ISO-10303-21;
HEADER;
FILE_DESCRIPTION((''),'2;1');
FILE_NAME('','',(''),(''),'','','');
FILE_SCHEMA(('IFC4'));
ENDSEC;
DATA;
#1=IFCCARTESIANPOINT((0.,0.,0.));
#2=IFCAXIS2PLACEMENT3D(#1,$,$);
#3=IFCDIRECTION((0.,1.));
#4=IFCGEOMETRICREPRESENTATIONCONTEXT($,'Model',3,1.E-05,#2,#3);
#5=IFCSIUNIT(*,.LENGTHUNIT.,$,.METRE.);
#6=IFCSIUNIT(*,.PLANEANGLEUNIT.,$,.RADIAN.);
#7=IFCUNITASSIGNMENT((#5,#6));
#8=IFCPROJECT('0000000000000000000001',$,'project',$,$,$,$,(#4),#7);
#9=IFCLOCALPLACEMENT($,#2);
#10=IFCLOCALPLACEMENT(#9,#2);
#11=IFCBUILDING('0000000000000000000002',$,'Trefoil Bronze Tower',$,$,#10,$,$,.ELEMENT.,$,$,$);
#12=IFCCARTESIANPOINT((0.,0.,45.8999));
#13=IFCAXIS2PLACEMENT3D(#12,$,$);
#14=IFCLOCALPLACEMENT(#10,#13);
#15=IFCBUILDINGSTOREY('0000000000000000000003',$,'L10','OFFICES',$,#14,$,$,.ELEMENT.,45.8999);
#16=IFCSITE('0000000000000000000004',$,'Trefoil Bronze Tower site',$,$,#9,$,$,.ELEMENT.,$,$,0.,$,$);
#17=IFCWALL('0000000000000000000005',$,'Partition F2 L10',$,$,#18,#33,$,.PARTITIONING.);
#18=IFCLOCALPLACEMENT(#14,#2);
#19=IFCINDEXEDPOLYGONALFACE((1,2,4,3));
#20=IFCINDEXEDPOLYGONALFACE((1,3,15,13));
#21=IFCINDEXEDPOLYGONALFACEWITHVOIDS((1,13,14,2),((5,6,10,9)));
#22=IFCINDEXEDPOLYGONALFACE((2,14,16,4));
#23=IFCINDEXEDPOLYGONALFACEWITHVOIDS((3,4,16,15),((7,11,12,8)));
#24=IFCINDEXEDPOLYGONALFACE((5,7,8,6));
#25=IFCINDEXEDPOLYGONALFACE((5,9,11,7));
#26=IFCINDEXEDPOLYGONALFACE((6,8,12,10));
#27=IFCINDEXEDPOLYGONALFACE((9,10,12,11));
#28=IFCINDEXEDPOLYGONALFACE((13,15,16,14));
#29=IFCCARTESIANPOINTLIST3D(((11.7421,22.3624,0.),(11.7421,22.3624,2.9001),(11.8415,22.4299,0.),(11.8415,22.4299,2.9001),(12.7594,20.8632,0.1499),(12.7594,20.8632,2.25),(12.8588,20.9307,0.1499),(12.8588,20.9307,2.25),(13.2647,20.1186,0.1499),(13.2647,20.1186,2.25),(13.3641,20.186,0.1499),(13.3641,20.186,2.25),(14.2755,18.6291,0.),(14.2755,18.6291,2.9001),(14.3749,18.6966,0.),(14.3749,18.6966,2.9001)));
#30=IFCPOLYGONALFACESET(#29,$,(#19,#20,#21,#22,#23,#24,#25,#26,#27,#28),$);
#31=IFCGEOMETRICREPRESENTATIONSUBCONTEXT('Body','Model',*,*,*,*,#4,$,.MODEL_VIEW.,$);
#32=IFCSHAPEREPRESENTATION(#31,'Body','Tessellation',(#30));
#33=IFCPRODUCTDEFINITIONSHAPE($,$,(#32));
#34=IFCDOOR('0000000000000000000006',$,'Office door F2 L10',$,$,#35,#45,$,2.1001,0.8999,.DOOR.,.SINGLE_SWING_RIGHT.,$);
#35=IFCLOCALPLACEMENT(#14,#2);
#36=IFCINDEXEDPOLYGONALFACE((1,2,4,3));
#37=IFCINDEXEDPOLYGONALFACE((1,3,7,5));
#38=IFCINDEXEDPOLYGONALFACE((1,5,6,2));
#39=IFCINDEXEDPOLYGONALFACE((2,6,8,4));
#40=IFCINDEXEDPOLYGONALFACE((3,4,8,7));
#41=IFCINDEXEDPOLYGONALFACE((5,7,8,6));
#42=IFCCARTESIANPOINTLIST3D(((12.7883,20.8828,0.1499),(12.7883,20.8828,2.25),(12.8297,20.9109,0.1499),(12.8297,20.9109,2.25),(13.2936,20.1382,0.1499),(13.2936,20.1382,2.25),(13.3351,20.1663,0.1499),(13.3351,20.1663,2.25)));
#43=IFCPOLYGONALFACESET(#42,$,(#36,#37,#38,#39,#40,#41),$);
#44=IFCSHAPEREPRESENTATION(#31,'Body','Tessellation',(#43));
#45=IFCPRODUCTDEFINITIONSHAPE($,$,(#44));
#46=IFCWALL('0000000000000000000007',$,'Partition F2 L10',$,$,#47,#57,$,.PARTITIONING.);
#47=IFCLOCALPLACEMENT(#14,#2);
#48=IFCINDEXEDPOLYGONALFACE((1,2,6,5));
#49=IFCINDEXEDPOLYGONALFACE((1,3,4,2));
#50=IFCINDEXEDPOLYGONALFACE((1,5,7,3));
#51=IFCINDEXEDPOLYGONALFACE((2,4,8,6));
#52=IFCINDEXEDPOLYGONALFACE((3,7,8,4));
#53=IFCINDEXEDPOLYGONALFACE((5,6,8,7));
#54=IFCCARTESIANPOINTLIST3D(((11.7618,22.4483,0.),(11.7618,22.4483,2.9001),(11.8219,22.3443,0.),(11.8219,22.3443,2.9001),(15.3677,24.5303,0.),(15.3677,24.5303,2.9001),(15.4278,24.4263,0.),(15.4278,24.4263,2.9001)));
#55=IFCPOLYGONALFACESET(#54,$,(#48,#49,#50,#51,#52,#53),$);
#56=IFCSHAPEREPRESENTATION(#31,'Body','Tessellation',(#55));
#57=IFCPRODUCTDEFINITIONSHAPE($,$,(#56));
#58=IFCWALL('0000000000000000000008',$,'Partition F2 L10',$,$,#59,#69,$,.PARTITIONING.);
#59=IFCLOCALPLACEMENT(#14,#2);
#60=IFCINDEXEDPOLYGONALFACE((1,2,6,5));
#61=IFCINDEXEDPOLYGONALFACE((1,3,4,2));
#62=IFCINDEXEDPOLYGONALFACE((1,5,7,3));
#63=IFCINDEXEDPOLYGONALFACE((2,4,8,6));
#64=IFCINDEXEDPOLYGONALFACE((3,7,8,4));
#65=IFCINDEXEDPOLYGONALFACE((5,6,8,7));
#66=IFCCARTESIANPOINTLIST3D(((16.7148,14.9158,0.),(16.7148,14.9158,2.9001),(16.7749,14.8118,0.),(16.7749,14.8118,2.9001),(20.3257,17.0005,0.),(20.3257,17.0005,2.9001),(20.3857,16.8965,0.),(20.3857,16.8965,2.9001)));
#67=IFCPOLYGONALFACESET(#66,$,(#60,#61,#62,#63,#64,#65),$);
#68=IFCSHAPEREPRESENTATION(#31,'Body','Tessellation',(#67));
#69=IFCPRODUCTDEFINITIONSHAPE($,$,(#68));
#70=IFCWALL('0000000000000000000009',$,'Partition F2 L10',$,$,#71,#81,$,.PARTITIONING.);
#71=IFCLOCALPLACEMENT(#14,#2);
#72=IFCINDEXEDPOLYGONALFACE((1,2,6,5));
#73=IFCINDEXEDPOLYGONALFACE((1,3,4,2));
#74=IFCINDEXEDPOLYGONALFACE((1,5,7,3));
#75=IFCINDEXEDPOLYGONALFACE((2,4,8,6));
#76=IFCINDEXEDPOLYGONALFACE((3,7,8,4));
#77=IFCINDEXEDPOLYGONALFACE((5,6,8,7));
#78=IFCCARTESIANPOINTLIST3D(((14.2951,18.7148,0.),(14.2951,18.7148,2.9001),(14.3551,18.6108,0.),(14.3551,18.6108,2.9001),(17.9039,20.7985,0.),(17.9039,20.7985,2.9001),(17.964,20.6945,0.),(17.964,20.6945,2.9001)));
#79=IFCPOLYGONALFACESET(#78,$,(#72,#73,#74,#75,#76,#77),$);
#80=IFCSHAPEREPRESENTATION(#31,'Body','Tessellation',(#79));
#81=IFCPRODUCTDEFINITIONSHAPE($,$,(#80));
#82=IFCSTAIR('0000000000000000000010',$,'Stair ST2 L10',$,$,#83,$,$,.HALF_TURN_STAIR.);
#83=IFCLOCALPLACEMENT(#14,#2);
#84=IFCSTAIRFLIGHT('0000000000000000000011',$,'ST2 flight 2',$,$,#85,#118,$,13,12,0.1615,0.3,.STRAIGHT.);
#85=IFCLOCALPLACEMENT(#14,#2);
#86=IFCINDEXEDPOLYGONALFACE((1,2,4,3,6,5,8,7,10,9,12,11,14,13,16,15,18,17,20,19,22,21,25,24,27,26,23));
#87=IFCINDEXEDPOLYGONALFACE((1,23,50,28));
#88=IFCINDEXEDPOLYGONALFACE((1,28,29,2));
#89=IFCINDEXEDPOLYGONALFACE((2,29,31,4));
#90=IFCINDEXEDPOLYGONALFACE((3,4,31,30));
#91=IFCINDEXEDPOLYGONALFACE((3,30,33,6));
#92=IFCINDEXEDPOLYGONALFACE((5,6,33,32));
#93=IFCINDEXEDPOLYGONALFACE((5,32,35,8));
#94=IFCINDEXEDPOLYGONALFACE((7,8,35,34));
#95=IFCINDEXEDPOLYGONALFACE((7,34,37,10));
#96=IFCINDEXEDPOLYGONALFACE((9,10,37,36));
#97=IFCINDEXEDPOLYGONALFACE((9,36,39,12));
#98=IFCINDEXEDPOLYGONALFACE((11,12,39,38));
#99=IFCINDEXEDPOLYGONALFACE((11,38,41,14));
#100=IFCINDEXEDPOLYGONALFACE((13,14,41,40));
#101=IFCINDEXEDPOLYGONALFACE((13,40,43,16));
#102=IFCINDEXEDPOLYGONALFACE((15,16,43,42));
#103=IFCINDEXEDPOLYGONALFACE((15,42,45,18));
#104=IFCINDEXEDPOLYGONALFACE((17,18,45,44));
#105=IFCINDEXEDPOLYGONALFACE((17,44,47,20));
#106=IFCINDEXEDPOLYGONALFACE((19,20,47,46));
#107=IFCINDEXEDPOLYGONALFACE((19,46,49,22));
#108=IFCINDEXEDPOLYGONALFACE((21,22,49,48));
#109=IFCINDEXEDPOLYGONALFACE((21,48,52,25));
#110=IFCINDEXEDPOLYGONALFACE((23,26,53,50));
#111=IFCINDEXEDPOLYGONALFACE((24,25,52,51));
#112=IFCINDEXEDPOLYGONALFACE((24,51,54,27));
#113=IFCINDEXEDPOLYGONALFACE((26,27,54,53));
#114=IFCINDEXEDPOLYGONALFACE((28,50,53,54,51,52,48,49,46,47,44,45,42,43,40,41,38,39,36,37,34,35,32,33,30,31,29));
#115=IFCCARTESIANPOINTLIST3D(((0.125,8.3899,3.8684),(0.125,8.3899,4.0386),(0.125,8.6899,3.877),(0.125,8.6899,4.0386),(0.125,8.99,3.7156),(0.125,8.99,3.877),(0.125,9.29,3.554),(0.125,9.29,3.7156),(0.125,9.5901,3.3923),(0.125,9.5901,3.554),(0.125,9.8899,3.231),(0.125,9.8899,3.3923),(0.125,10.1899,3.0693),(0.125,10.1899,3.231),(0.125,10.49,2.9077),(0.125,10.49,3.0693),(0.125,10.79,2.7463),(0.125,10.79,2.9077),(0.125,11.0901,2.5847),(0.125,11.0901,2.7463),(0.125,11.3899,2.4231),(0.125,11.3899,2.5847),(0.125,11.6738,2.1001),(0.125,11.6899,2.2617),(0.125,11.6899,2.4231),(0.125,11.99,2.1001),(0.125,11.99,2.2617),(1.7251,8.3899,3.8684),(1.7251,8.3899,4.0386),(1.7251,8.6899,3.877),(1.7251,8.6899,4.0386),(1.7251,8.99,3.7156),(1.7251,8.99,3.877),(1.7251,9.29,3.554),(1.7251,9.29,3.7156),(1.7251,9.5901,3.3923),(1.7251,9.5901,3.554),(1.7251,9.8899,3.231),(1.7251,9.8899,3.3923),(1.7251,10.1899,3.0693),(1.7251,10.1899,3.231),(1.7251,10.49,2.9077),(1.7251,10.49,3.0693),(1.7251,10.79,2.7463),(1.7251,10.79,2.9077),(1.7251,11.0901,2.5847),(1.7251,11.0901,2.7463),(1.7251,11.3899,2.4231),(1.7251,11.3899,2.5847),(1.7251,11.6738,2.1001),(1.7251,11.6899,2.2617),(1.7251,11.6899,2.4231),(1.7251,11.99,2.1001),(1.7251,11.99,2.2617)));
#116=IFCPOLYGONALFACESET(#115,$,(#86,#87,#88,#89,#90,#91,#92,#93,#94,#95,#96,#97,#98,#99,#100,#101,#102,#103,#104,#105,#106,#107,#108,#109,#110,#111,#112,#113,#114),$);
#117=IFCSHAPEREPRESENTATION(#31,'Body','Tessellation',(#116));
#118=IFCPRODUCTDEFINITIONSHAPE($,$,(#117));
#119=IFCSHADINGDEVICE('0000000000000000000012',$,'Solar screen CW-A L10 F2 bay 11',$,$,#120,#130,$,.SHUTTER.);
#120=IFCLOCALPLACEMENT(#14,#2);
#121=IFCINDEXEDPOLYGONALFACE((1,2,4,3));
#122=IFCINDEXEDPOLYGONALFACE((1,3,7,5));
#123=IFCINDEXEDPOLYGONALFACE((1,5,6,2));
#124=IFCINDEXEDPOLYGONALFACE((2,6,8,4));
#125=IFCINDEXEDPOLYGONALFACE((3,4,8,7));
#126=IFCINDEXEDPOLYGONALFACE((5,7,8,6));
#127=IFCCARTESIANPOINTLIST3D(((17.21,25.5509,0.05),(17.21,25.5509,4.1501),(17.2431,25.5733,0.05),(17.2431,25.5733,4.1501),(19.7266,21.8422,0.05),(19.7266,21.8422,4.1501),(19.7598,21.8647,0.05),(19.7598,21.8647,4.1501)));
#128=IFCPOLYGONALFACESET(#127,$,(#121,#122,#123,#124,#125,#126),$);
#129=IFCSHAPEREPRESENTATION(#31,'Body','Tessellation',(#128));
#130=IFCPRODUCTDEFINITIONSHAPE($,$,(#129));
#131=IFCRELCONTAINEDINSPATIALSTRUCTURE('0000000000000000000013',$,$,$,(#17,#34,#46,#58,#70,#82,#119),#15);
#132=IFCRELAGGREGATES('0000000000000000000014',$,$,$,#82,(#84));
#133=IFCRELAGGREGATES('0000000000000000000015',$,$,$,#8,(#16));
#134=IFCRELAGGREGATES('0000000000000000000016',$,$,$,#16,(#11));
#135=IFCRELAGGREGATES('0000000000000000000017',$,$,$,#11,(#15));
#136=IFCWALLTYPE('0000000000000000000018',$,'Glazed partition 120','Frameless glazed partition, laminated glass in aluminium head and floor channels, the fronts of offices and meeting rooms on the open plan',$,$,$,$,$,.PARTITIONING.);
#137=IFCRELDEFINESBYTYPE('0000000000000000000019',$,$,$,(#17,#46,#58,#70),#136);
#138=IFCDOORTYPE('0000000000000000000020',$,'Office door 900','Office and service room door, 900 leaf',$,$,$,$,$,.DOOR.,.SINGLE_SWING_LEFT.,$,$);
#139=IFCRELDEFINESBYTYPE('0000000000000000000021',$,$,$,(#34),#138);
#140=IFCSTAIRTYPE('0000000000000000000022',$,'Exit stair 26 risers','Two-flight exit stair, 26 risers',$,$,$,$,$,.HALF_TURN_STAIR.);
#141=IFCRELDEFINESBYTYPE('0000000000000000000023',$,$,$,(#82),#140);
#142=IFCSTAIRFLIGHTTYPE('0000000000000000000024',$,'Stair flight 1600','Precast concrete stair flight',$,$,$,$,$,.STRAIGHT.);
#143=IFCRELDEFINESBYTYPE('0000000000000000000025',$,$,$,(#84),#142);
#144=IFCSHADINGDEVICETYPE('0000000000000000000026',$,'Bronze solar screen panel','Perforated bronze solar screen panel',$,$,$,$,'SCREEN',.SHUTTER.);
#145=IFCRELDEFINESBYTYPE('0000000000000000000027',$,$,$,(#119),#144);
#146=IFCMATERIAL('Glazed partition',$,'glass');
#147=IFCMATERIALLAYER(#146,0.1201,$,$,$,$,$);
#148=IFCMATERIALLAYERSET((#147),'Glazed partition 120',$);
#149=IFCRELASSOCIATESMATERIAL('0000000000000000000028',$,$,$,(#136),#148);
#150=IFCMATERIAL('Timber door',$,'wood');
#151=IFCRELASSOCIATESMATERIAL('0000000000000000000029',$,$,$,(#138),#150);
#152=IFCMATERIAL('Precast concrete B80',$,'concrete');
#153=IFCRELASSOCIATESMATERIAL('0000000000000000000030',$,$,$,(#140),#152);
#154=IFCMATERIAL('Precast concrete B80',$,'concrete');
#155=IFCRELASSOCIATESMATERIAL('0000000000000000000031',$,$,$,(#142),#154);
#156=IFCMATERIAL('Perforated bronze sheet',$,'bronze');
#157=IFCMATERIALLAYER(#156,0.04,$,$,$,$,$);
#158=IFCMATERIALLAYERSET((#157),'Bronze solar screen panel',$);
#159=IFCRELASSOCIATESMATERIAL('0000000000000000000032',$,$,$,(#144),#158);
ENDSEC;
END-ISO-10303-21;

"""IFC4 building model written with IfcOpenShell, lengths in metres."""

from ifc_helpers import new_model, si_unit, direction, frame, frame_2d, origin, origin_2d, place, context, subcontext, project, spatial, polyline, rectangle, outline, extrude, material, layer, layer_set, type_object, element, fill, aggregate, save


model = new_model("IFC4")

# Units and contexts
model_context = context("Model", 3, precision=1e-05, world=origin(), true_north=direction((0.0, 1.0)))
body_context = subcontext(model_context, "Body", "Model", "MODEL_VIEW")
ifc_project = project(units=[si_unit("LENGTHUNIT", "METRE"), si_unit("PLANEANGLEUNIT", "RADIAN")], contexts=[model_context])

# Site, building, storey
site_placement = place(None, origin())
site = spatial("IfcSite", under=ifc_project, at=site_placement, Name="Trefoil Bronze Tower site", CompositionType="ELEMENT", RefElevation=0.0)
building_placement = place(site_placement, origin())
building = spatial("IfcBuilding", under=site, at=building_placement, Name="Trefoil Bronze Tower", CompositionType="ELEMENT")
storey_placement = place(building_placement, frame((0.0, 0.0, 45.8999)))
storey = spatial("IfcBuildingStorey", under=building, at=storey_placement, Name="L10", Description="OFFICES", CompositionType="ELEMENT", Elevation=45.8999)

# Shared definitions
ifc_material_1 = material(Name="Glazed partition", Category="glass")
ifc_layer_1 = layer(ifc_material_1, 0.1201)
ifc_layer_set_1 = layer_set([ifc_layer_1], Name="Glazed partition 120")
wall_type_1 = type_object("IfcWallType", Name="Glazed partition 120", Description="Frameless glazed partition, laminated glass in aluminium head and floor channels, the fronts of offices and meeting rooms on the open plan", PredefinedType="PARTITIONING", material=ifc_layer_set_1)
ifc_material_2 = material(Name="Timber door", Category="wood")
door_type = type_object("IfcDoorType", Name="Office door 900", Description="Office and service room door, 900 leaf", OperationType="SINGLE_SWING_LEFT", PredefinedType="DOOR", material=ifc_material_2)

# Wall, opening, door
wall_1_placement = place(storey_placement, frame((14.3252, 18.6628, 0.0), z_axis=(0.0, 0.0, 1.0), x_axis=(-0.561512, 0.827469, 0.0)))
wall_1 = element("IfcWall", 1, at=wall_1_placement, inside=storey, type_object=wall_type_1, Name="Partition F2 L10", PredefinedType="PARTITIONING", context=body_context, shape_type="SweptSolid", body=[
    extrude(rectangle(XDim=4.5117, YDim=0.1201, at=frame_2d((2.2559, 0.0))), origin(), (0.0, 0.0, 1.0), 2.9001),
])
opening_1_placement = place(wall_1_placement, frame((1.8, 0.0, 0.1499)))
opening_1 = element("IfcOpeningElement", 2, at=opening_1_placement, cuts=wall_1, PredefinedType="OPENING", context=body_context, shape_type="SweptSolid", body=[
    extrude(rectangle(XDim=0.8999, YDim=2.1001, at=frame_2d((0.45, 1.05))), frame((0.0, 0.0701, 0.0), z_axis=(0.0, -1.0, 0.0), x_axis=(1.0, 0.0, 0.0)), (0.0, 0.0, 1.0), 0.1401),
])
door_1_placement = place(opening_1_placement, frame((0.8999, 0.0, 0.0), z_axis=(0.0, 0.0, 1.0), x_axis=(-1.0, 0.0, 0.0)))
door_1 = element("IfcDoor", 3, at=door_1_placement, inside=storey, type_object=door_type, Name="Office door F2 L10", OperationType="SINGLE_SWING_RIGHT", OverallHeight=2.1001, OverallWidth=0.8999, PredefinedType="DOOR", context=body_context, shape_type="SweptSolid", body=[
    extrude(rectangle(XDim=0.8999, YDim=2.1001, at=frame_2d((0.45, 1.05))), frame((0.0, 0.0249, 0.0), z_axis=(0.0, -1.0, 0.0), x_axis=(1.0, 0.0, 0.0)), (0.0, 0.0, 1.0), 0.05),
])
fill(opening_1, door_1)

# Walls
wall_2_placement = place(storey_placement, frame((11.7917, 22.3962, 0.0), z_axis=(0.0, 0.0, 1.0), x_axis=(0.866012, 0.500024, 0.0)))
element("IfcWall", 4, at=wall_2_placement, inside=storey, type_object=wall_type_1, Name="Partition F2 L10", PredefinedType="PARTITIONING", context=body_context, shape_type="SweptSolid", body=[
    extrude(rectangle(XDim=4.1638, YDim=0.1201, at=frame_2d((2.082, 0.0))), origin(), (0.0, 0.0, 1.0), 2.9001),
])
wall_3_placement = place(storey_placement, frame((16.7449, 14.8638, 0.0), z_axis=(0.0, 0.0, 1.0), x_axis=(0.866026, 0.5, 0.0)))
element("IfcWall", 5, at=wall_3_placement, inside=storey, type_object=wall_type_1, Name="Partition F2 L10", PredefinedType="PARTITIONING", context=body_context, shape_type="SweptSolid", body=[
    extrude(rectangle(XDim=4.1694, YDim=0.1201, at=frame_2d((2.0847, 0.0))), origin(), (0.0, 0.0, 1.0), 2.9001),
])
wall_4_placement = place(storey_placement, frame((14.3252, 18.6628, 0.0), z_axis=(0.0, 0.0, 1.0), x_axis=(0.86601, 0.500027, 0.0)))
element("IfcWall", 6, at=wall_4_placement, inside=storey, type_object=wall_type_1, Name="Partition F2 L10", PredefinedType="PARTITIONING", context=body_context, shape_type="SweptSolid", body=[
    extrude(rectangle(XDim=4.1672, YDim=0.1201, at=frame_2d((2.0835, 0.0))), origin(), (0.0, 0.0, 1.0), 2.9001),
])

# Stair, stair flight
ifc_material_3 = material(Name="Precast concrete B80", Category="concrete")
stair_type = type_object("IfcStairType", Name="Exit stair 26 risers", Description="Two-flight exit stair, 26 risers", PredefinedType="HALF_TURN_STAIR", material=ifc_material_3)
stair_placement = place(storey_placement, origin())
stair = element("IfcStair", 7, at=stair_placement, inside=storey, type_object=stair_type, Name="Stair ST2 L10", PredefinedType="HALF_TURN_STAIR")
ifc_material_4 = material(Name="Precast concrete B80", Category="concrete")
stair_flight_type = type_object("IfcStairFlightType", Name="Stair flight 1600", Description="Precast concrete stair flight", PredefinedType="STRAIGHT", material=ifc_material_4)
stair_flight_placement = place(storey_placement, frame((0.925, 11.99, 2.1001), z_axis=(0.0, 0.0, 1.0), x_axis=(0.0, -1.0, 0.0)))
stair_flight = element("IfcStairFlight", 8, at=stair_flight_placement, type_object=stair_flight_type, Name="ST2 flight 2", NumberOfRisers=13, NumberOfTreads=12, PredefinedType="STRAIGHT", RiserHeight=0.1615, TreadLength=0.3, context=body_context, shape_type="SweptSolid", body=[
    extrude(outline(polyline([(0.0, 0.0), (0.0, 0.1616), (0.3, 0.1616), (0.3, 0.323), (0.6001, 0.323), (0.6001, 0.4846), (0.8999, 0.4846), (0.8999, 0.6462), (1.2, 0.6462), (1.2, 0.8076), (1.5, 0.8076), (1.5, 0.9692), (1.8, 0.9692), (1.8, 1.1309), (2.1001, 1.1309), (2.1001, 1.2922), (2.3999, 1.2922), (2.3999, 1.4539), (2.7, 1.4539), (2.7, 1.6155), (3.0, 1.6155), (3.0, 1.7769), (3.3, 1.7769), (3.3, 1.9385), (3.6001, 1.9385), (3.6001, 2.1001), (3.6001, 1.7683), (0.3162, 0.0), (0.0, 0.0)])), frame((0.0, 0.8, 0.0), z_axis=(0.0, -1.0, 0.0), x_axis=(1.0, 0.0, 0.0)), (0.0, 0.0, 1.0), 1.6001),
])
aggregate(stair, [stair_flight])

# Shading device
ifc_material_5 = material(Name="Perforated bronze sheet", Category="bronze")
ifc_layer_2 = layer(ifc_material_5, 0.04)
ifc_layer_set_2 = layer_set([ifc_layer_2], Name="Bronze solar screen panel")
shading_device_type = type_object("IfcShadingDeviceType", Name="Bronze solar screen panel", Description="Perforated bronze solar screen panel", ElementType="SCREEN", PredefinedType="SHUTTER", material=ifc_layer_set_2)
shading_device_placement = place(storey_placement, frame((18.4849, 23.7078, 0.05), z_axis=(0.0, 0.0, 1.0), x_axis=(-0.56151, 0.82747, 0.0)))
element("IfcShadingDevice", 9, at=shading_device_placement, inside=storey, type_object=shading_device_type, Name="Solar screen CW-A L10 F2 bay 11", PredefinedType="SHUTTER", context=body_context, shape_type="SweptSolid", body=[
    extrude(rectangle(XDim=4.4819, YDim=0.04, at=origin_2d()), origin(), (0.0, 0.0, 1.0), 4.1001),
])

save(model, "model.ifc")
